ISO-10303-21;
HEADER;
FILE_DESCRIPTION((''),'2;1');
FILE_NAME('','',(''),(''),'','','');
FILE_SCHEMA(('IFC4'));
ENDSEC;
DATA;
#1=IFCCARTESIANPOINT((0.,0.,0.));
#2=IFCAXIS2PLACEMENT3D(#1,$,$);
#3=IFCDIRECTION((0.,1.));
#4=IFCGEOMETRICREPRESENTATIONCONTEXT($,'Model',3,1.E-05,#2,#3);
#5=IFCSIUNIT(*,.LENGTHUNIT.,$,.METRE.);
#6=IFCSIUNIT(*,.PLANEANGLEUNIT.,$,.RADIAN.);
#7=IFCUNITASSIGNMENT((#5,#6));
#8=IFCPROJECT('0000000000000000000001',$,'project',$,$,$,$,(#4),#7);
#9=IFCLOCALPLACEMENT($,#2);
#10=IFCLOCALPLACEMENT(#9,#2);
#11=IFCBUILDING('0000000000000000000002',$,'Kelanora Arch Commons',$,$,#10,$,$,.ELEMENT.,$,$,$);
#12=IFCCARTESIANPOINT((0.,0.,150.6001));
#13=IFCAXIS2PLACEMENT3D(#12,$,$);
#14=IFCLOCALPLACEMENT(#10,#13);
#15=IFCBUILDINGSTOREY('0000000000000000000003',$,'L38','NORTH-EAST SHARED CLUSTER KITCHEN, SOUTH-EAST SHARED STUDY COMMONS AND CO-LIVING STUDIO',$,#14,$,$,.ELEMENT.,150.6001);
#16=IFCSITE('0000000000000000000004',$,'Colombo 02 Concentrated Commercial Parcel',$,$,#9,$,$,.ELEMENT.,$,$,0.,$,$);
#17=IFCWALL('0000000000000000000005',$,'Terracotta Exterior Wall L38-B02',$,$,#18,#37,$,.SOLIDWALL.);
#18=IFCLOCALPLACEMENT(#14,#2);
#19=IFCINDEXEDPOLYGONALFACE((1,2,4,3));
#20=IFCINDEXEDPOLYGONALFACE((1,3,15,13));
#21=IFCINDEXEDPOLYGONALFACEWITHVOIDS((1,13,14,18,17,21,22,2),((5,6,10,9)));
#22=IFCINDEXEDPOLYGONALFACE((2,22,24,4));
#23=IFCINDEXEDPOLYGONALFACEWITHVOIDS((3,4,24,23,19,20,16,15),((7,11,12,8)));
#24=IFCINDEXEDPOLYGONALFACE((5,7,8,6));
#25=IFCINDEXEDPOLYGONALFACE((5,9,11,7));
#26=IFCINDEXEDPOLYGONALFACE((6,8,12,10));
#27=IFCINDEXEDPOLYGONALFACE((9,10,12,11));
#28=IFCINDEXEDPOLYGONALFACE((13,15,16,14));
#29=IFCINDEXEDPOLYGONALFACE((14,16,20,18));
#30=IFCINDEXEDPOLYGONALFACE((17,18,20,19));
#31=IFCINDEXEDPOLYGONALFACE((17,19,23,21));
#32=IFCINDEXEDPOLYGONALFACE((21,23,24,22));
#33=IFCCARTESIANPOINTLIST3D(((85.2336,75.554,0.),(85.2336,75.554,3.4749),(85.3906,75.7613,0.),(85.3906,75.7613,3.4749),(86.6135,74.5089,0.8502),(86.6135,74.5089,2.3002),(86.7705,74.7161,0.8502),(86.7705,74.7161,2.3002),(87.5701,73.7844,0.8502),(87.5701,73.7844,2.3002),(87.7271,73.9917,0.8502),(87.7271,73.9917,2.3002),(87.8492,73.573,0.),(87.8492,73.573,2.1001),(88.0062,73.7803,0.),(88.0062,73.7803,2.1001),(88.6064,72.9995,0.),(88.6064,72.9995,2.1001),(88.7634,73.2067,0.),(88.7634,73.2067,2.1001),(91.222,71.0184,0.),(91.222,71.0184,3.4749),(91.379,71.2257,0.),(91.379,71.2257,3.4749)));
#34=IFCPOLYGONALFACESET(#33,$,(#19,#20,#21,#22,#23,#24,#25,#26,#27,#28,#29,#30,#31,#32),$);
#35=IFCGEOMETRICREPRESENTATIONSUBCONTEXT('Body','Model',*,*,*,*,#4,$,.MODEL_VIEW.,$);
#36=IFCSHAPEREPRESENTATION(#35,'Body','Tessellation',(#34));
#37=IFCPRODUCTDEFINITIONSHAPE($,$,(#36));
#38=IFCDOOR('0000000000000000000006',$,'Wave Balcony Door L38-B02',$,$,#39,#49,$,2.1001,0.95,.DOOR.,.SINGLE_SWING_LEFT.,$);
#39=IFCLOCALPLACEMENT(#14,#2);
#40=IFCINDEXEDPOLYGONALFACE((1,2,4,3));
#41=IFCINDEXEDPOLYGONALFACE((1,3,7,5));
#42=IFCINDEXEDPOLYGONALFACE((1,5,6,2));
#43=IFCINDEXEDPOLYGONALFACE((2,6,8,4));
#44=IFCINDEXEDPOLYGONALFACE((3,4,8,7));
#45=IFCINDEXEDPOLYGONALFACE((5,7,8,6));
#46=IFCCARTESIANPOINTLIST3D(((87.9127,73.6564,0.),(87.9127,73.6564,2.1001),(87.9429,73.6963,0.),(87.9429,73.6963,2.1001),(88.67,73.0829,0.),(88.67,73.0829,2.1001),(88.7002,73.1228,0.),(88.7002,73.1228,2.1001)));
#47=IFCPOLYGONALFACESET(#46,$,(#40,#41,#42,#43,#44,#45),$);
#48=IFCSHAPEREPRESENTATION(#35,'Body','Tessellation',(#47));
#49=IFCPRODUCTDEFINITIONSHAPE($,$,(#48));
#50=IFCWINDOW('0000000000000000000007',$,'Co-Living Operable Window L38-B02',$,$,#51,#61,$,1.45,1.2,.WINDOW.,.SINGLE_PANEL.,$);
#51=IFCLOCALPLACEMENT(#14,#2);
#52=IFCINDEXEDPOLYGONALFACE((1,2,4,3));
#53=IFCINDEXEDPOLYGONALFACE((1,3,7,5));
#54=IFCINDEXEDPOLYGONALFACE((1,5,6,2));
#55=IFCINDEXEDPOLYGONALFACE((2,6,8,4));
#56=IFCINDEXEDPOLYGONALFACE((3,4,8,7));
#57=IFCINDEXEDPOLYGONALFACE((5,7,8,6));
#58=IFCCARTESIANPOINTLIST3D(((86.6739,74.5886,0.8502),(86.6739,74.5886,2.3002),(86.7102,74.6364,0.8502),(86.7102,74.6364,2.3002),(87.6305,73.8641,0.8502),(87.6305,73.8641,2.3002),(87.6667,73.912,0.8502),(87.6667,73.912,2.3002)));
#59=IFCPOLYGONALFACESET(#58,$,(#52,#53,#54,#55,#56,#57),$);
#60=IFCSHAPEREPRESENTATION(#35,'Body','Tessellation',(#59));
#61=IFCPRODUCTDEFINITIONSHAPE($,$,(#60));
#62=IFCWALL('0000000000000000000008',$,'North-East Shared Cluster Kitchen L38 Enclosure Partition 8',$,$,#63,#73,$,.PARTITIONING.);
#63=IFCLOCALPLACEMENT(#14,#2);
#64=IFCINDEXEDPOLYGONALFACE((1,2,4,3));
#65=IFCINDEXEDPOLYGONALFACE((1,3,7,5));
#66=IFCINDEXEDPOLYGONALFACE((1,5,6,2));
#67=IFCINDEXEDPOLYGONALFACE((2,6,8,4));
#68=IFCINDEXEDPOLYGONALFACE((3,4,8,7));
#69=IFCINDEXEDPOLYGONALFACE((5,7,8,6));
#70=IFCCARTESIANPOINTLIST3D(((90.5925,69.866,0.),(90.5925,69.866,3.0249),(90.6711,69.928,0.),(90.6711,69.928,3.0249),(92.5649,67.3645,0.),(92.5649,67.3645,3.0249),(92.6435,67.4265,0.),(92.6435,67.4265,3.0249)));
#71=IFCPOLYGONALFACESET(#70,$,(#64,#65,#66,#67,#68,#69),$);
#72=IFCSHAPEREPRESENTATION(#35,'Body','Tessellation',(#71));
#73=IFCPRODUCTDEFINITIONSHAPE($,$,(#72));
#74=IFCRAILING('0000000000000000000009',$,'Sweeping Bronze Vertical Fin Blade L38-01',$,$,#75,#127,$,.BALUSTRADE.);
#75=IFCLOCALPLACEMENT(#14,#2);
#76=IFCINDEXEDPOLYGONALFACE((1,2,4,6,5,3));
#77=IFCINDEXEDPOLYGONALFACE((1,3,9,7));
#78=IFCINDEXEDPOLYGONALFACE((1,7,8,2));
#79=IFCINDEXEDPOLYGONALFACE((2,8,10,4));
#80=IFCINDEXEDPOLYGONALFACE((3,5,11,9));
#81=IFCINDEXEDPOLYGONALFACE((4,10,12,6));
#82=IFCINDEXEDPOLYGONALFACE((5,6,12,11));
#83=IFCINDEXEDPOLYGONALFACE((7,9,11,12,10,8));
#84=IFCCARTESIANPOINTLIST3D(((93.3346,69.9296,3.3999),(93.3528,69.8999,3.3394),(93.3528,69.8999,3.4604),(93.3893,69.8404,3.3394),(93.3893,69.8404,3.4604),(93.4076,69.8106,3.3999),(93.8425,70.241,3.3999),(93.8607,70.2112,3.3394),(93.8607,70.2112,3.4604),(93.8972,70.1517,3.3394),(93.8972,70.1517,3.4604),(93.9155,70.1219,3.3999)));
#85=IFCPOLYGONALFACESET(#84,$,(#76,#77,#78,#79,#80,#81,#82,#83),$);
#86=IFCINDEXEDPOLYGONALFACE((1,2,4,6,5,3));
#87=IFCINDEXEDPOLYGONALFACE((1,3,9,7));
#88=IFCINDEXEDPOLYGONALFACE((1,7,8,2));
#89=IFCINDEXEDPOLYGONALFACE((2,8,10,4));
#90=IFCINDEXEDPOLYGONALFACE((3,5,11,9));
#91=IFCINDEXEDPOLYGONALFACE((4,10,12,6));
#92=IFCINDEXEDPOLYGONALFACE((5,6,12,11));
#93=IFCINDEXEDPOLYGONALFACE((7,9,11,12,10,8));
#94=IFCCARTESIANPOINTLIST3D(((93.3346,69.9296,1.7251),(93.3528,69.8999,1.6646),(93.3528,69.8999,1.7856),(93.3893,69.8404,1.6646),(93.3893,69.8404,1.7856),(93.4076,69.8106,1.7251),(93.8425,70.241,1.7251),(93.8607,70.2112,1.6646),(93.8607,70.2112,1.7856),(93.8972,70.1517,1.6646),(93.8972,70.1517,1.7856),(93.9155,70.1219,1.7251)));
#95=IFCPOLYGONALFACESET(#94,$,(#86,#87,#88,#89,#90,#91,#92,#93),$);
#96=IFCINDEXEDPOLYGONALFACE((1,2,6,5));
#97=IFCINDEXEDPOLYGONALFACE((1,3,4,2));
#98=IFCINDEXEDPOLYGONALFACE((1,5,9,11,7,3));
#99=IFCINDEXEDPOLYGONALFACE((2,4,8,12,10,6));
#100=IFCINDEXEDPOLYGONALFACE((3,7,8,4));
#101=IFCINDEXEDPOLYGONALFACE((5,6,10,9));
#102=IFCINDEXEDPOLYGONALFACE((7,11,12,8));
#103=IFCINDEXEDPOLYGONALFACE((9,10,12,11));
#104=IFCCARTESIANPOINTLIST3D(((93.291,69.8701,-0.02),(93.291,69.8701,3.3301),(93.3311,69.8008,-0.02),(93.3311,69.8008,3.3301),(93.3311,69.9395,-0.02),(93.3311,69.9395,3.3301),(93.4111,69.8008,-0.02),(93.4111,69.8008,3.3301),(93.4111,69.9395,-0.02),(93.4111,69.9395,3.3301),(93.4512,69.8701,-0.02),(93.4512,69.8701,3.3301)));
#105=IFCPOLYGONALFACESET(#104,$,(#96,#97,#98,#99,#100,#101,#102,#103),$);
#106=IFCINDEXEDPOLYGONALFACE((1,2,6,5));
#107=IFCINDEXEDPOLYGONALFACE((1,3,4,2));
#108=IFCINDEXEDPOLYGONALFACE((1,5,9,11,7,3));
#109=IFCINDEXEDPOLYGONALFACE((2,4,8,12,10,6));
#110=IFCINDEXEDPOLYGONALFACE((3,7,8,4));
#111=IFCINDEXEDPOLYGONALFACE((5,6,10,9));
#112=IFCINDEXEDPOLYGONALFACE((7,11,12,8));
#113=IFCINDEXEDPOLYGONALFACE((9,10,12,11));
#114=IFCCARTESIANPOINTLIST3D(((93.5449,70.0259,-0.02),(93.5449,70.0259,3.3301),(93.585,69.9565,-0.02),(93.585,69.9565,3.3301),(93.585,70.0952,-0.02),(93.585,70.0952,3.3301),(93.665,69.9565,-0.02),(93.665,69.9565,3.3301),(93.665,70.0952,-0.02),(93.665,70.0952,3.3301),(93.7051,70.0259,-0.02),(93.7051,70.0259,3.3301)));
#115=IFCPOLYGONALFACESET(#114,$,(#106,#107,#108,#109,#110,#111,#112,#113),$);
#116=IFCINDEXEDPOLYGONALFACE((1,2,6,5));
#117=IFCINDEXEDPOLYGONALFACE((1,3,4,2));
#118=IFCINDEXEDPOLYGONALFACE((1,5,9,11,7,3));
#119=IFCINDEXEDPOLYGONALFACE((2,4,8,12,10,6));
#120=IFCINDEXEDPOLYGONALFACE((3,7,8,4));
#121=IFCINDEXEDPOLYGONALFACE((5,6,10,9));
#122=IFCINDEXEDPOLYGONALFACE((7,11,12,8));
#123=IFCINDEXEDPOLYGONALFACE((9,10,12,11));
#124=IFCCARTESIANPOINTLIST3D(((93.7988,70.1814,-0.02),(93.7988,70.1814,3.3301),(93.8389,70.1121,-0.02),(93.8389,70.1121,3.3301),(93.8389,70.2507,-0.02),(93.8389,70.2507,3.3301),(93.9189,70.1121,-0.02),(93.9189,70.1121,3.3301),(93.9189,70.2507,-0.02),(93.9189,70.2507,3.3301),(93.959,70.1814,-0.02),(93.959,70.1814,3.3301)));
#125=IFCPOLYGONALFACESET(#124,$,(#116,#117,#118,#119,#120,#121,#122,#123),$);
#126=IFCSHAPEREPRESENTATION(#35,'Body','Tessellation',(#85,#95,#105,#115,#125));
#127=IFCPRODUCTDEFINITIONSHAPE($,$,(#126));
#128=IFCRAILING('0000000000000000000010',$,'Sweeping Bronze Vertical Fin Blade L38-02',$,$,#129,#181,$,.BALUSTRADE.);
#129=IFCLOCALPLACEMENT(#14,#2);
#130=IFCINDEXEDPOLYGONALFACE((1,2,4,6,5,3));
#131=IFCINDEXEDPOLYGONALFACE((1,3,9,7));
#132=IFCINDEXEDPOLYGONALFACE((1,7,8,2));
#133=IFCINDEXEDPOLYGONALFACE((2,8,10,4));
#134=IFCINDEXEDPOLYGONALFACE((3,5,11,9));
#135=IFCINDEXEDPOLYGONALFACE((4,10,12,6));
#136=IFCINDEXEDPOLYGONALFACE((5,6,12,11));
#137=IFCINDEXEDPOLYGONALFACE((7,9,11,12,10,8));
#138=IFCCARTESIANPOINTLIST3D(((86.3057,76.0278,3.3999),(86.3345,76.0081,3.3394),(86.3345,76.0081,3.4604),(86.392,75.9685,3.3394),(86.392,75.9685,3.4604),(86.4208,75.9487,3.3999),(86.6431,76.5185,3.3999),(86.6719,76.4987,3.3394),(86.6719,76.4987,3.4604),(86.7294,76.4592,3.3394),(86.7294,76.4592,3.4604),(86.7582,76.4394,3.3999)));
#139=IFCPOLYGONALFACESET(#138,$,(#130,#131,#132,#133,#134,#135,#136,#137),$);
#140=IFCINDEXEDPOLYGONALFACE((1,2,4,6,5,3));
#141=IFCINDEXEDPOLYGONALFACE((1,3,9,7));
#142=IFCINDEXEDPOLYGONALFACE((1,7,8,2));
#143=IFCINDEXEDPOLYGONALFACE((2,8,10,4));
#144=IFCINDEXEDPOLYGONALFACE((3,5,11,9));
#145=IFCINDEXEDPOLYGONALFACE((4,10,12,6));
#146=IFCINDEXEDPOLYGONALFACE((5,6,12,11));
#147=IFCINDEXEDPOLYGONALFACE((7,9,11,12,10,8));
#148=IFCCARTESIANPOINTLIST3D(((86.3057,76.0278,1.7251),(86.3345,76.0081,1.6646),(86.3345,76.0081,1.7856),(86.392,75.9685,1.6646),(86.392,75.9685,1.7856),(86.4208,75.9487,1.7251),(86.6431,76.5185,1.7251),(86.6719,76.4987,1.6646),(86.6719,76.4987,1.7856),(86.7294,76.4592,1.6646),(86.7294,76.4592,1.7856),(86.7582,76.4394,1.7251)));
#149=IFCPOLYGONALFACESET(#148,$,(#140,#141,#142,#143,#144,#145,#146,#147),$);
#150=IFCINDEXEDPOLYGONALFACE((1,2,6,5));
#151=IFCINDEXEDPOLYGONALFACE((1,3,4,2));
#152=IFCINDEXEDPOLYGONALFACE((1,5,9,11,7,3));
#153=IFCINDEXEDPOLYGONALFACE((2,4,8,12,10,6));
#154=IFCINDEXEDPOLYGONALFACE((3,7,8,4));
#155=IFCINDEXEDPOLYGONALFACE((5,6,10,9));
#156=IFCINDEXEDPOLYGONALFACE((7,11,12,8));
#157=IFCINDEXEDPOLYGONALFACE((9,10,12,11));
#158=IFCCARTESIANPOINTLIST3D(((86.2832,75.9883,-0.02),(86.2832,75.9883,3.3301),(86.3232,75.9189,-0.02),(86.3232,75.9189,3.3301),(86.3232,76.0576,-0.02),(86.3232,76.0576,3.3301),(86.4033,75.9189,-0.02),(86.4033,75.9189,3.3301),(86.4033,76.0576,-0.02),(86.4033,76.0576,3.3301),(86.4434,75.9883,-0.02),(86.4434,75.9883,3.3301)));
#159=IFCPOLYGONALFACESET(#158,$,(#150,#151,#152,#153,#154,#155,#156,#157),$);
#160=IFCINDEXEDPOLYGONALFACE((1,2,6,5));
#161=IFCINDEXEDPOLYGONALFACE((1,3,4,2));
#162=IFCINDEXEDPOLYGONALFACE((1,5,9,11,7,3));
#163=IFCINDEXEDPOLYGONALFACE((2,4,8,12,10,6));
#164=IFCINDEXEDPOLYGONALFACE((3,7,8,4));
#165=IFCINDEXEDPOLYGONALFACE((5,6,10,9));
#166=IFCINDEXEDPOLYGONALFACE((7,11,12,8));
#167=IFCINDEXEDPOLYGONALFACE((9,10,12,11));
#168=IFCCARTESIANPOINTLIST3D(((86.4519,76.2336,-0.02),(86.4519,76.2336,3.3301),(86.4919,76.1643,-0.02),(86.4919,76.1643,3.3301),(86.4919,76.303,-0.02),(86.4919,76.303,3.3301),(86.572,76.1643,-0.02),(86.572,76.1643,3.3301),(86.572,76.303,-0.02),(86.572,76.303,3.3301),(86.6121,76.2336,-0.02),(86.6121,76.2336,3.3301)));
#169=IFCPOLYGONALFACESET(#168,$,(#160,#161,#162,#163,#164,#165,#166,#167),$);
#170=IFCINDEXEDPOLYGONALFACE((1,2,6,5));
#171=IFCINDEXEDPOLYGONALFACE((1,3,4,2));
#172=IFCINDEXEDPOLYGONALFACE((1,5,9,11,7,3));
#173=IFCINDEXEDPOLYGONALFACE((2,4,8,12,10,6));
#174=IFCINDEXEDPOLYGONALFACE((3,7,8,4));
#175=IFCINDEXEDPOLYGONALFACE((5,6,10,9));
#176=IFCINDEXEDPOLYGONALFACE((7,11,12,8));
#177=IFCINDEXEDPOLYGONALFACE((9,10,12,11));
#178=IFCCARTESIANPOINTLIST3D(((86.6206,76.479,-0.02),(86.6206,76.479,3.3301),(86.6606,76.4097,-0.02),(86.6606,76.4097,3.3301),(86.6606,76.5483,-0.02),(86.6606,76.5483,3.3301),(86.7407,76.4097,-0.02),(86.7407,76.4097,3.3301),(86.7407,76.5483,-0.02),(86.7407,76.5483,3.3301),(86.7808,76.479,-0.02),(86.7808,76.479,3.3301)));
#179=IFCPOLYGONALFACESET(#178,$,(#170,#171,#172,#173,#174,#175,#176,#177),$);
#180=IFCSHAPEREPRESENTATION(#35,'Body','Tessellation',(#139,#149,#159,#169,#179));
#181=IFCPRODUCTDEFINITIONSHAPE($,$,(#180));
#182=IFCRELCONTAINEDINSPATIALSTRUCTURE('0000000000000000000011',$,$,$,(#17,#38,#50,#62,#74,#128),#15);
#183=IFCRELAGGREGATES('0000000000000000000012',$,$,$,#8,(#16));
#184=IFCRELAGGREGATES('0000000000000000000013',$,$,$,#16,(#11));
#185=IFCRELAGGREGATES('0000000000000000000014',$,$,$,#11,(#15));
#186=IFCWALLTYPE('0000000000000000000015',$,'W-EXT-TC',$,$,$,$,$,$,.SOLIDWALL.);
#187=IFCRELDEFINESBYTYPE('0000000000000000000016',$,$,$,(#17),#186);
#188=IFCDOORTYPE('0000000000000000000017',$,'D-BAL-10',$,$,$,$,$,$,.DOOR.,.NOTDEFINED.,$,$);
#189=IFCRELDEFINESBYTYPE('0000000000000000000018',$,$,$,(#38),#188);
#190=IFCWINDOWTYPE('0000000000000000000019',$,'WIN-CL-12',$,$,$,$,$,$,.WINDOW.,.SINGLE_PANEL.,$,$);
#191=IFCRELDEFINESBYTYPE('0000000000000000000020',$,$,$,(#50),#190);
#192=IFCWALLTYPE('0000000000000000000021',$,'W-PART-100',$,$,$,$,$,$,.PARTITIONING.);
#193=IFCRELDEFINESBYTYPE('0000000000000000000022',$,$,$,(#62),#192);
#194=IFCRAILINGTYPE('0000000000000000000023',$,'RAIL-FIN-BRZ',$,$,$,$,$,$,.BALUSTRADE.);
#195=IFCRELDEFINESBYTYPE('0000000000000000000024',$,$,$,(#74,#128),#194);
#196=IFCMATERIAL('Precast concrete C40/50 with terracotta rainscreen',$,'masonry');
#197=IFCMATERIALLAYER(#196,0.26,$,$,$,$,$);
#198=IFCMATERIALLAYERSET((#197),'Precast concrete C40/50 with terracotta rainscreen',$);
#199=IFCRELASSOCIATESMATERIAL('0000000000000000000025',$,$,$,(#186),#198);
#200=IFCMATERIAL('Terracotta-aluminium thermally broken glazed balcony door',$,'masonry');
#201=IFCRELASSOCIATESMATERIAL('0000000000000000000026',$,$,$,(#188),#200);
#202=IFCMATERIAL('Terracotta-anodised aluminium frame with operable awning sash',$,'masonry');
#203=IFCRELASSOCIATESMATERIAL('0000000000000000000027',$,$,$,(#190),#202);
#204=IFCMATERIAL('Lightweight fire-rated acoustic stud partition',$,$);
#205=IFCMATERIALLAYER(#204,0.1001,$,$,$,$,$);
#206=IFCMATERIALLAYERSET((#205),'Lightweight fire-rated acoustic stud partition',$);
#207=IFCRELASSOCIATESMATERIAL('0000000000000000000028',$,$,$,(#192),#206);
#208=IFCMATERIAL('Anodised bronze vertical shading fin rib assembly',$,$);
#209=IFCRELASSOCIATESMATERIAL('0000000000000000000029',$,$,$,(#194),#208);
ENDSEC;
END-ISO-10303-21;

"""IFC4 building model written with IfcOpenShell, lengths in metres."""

from ifc_helpers import new_model, si_unit, direction, frame, frame_2d, origin, place, context, subcontext, project, spatial, polyline, rectangle, outline, extrude, material, layer, layer_set, type_object, element, fill, save


model = new_model("IFC4")

# Units and contexts
model_context = context("Model", 3, precision=1e-05, world=origin(), true_north=direction((0.0, 1.0)))
body_context = subcontext(model_context, "Body", "Model", "MODEL_VIEW")
ifc_project = project(units=[si_unit("LENGTHUNIT", "METRE"), si_unit("PLANEANGLEUNIT", "RADIAN")], contexts=[model_context])

# Site, building, storey
site_placement = place(None, origin())
site = spatial("IfcSite", under=ifc_project, at=site_placement, Name="Colombo 02 Concentrated Commercial Parcel", CompositionType="ELEMENT", RefElevation=0.0)
building_placement = place(site_placement, origin())
building = spatial("IfcBuilding", under=site, at=building_placement, Name="Kelanora Arch Commons", CompositionType="ELEMENT")
storey_placement = place(building_placement, frame((0.0, 0.0, 150.6001)))
storey = spatial("IfcBuildingStorey", under=building, at=storey_placement, Name="L38", Description="NORTH-EAST SHARED CLUSTER KITCHEN, SOUTH-EAST SHARED STUDY COMMONS AND CO-LIVING STUDIO", CompositionType="ELEMENT", Elevation=150.6001)

# Wall, openings, door, window
ifc_material_1 = material(Name="Precast concrete C40/50 with terracotta rainscreen", Category="masonry")
ifc_layer_1 = layer(ifc_material_1, 0.26)
ifc_layer_set_1 = layer_set([ifc_layer_1], Name="Precast concrete C40/50 with terracotta rainscreen")
wall_type_1 = type_object("IfcWallType", Name="W-EXT-TC", PredefinedType="SOLIDWALL", material=ifc_layer_set_1)
ifc_material_2 = material(Name="Terracotta-aluminium thermally broken glazed balcony door", Category="masonry")
door_type = type_object("IfcDoorType", Name="D-BAL-10", OperationType="NOTDEFINED", PredefinedType="DOOR", material=ifc_material_2)
ifc_material_3 = material(Name="Terracotta-anodised aluminium frame with operable awning sash", Category="masonry")
window_type = type_object("IfcWindowType", Name="WIN-CL-12", PartitioningType="SINGLE_PANEL", PredefinedType="WINDOW", material=ifc_material_3)
wall_1_placement = place(storey_placement, frame((91.3005, 71.1221, 0.0), z_axis=(0.0, 0.0, 1.0), x_axis=(-0.797164, 0.603763, 0.0)))
wall_1 = element("IfcWall", 1, at=wall_1_placement, inside=storey, type_object=wall_type_1, Name="Terracotta Exterior Wall L38-B02", PredefinedType="SOLIDWALL", context=body_context, shape_type="SweptSolid", body=[
    extrude(rectangle(XDim=7.5122, YDim=0.26, at=frame_2d((3.7561, 0.0))), origin(), (0.0, 0.0, 1.0), 3.4749),
])
opening_1_placement = place(wall_1_placement, frame((3.281, 0.0, 0.0)))
opening_1 = element("IfcOpeningElement", 2, at=opening_1_placement, cuts=wall_1, PredefinedType="OPENING", context=body_context, shape_type="SweptSolid", body=[
    extrude(rectangle(XDim=0.95, YDim=2.1001, at=frame_2d((0.4751, 1.05))), frame((0.0, 0.1401, 0.0), z_axis=(0.0, -1.0, 0.0), x_axis=(1.0, 0.0, 0.0)), (0.0, 0.0, 1.0), 0.28),
])
opening_2_placement = place(wall_1_placement, frame((4.5811, 0.0, 0.8501)))
opening_2 = element("IfcOpeningElement", 3, at=opening_2_placement, cuts=wall_1, PredefinedType="OPENING", context=body_context, shape_type="SweptSolid", body=[
    extrude(rectangle(XDim=1.2, YDim=1.45, at=frame_2d((0.6001, 0.7251))), frame((0.0, 0.1401, 0.0), z_axis=(0.0, -1.0, 0.0), x_axis=(1.0, 0.0, 0.0)), (0.0, 0.0, 1.0), 0.28),
])
door_1_placement = place(opening_1_placement, frame((0.95, 0.0, 0.0), z_axis=(0.0, 0.0, 1.0), x_axis=(-1.0, 0.0, 0.0)))
door_1 = element("IfcDoor", 4, at=door_1_placement, inside=storey, type_object=door_type, Name="Wave Balcony Door L38-B02", OperationType="SINGLE_SWING_LEFT", OverallHeight=2.1001, OverallWidth=0.95, PredefinedType="DOOR", context=body_context, shape_type="SweptSolid", body=[
    extrude(rectangle(XDim=0.95, YDim=2.1001, at=frame_2d((0.4751, 1.05))), frame((0.0, 0.0249, 0.0), z_axis=(0.0, -1.0, 0.0), x_axis=(1.0, 0.0, 0.0)), (0.0, 0.0, 1.0), 0.05),
])
fill(opening_1, door_1)
window_1_placement = place(opening_2_placement, origin())
window_1 = element("IfcWindow", 5, at=window_1_placement, inside=storey, type_object=window_type, Name="Co-Living Operable Window L38-B02", OverallHeight=1.45, OverallWidth=1.2, PartitioningType="SINGLE_PANEL", PredefinedType="WINDOW", context=body_context, shape_type="SweptSolid", body=[
    extrude(rectangle(XDim=1.2, YDim=1.45, at=frame_2d((0.6001, 0.7251))), frame((0.0, 0.03, 0.0), z_axis=(0.0, -1.0, 0.0), x_axis=(1.0, 0.0, 0.0)), (0.0, 0.0, 1.0), 0.0601),
])
fill(opening_2, window_1)

# Wall
ifc_material_4 = material(Name="Lightweight fire-rated acoustic stud partition")
ifc_layer_2 = layer(ifc_material_4, 0.1001)
ifc_layer_set_2 = layer_set([ifc_layer_2], Name="Lightweight fire-rated acoustic stud partition")
wall_type_2 = type_object("IfcWallType", Name="W-PART-100", PredefinedType="PARTITIONING", material=ifc_layer_set_2)
wall_2_placement = place(storey_placement, frame((90.6318, 69.897, 0.0), z_axis=(0.0, 0.0, 1.0), x_axis=(0.619175, -0.785253, 0.0)))
element("IfcWall", 6, at=wall_2_placement, inside=storey, type_object=wall_type_2, Name="North-East Shared Cluster Kitchen L38 Enclosure Partition 8", PredefinedType="PARTITIONING", context=body_context, shape_type="SweptSolid", body=[
    extrude(rectangle(XDim=3.1855, YDim=0.1001, at=frame_2d((1.5928, 0.0))), origin(), (0.0, 0.0, 1.0), 3.0249),
])

# Railings
ifc_material_5 = material(Name="Anodised bronze vertical shading fin rib assembly")
railing_type = type_object("IfcRailingType", Name="RAIL-FIN-BRZ", PredefinedType="BALUSTRADE", material=ifc_material_5)
railing_1_placement = place(storey_placement, frame((93.3711, 69.8701, -0.02)))
element("IfcRailing", 7, at=railing_1_placement, inside=storey, type_object=railing_type, Name="Sweeping Bronze Vertical Fin Blade L38-01", PredefinedType="BALUSTRADE", context=body_context, shape_type="SweptSolid", body=[
    extrude(outline(polyline([(0.0698, 0.0), (0.0349, 0.0605), (-0.0349, 0.0605), (-0.0698, 0.0), (-0.0349, -0.0605), (0.0349, -0.0605), (0.0698, 0.0)])), frame((0.0, 0.0, 3.4199), z_axis=(0.852572, 0.52261, 0.0), x_axis=(-0.52261, 0.852572, 0.0)), (0.0, 0.0, 1.0), 0.5957),
    extrude(outline(polyline([(0.0698, 0.0), (0.0349, 0.0605), (-0.0349, 0.0605), (-0.0698, 0.0), (-0.0349, -0.0605), (0.0349, -0.0605), (0.0698, 0.0)])), frame((0.0, 0.0, 1.7451), z_axis=(0.852572, 0.52261, 0.0), x_axis=(-0.52261, 0.852572, 0.0)), (0.0, 0.0, 1.0), 0.5957),
    extrude(outline(polyline([(0.0801, 0.0), (0.04, 0.0693), (-0.04, 0.0693), (-0.0801, 0.0), (-0.04, -0.0693), (0.04, -0.0693), (0.0801, 0.0)])), origin(), (0.0, 0.0, 1.0), 3.3501),
    extrude(outline(polyline([(0.0801, 0.0), (0.04, 0.0693), (-0.04, 0.0693), (-0.0801, 0.0), (-0.04, -0.0693), (0.04, -0.0693), (0.0801, 0.0)])), frame((0.2539, 0.1558, 0.0)), (0.0, 0.0, 1.0), 3.3501),
    extrude(outline(polyline([(0.0801, 0.0), (0.04, 0.0693), (-0.04, 0.0693), (-0.0801, 0.0), (-0.04, -0.0693), (0.04, -0.0693), (0.0801, 0.0)])), frame((0.5078, 0.3113, 0.0)), (0.0, 0.0, 1.0), 3.3501),
])
railing_2_placement = place(storey_placement, frame((86.3633, 75.9883, -0.02)))
element("IfcRailing", 8, at=railing_2_placement, inside=storey, type_object=railing_type, Name="Sweeping Bronze Vertical Fin Blade L38-02", PredefinedType="BALUSTRADE", context=body_context, shape_type="SweptSolid", body=[
    extrude(outline(polyline([(0.0698, 0.0), (0.0349, 0.0605), (-0.0349, 0.0605), (-0.0698, 0.0), (-0.0349, -0.0605), (0.0349, -0.0605), (0.0698, 0.0)])), frame((0.0, 0.0, 3.4199), z_axis=(0.566564, 0.824018, 0.0), x_axis=(-0.824018, 0.566564, 0.0)), (0.0, 0.0, 1.0), 0.5955),
    extrude(outline(polyline([(0.0698, 0.0), (0.0349, 0.0605), (-0.0349, 0.0605), (-0.0698, 0.0), (-0.0349, -0.0605), (0.0349, -0.0605), (0.0698, 0.0)])), frame((0.0, 0.0, 1.7451), z_axis=(0.566564, 0.824018, 0.0), x_axis=(-0.824018, 0.566564, 0.0)), (0.0, 0.0, 1.0), 0.5955),
    extrude(outline(polyline([(0.0801, 0.0), (0.04, 0.0693), (-0.04, 0.0693), (-0.0801, 0.0), (-0.04, -0.0693), (0.04, -0.0693), (0.0801, 0.0)])), origin(), (0.0, 0.0, 1.0), 3.3501),
    extrude(outline(polyline([(0.0801, 0.0), (0.04, 0.0693), (-0.04, 0.0693), (-0.0801, 0.0), (-0.04, -0.0693), (0.04, -0.0693), (0.0801, 0.0)])), frame((0.1687, 0.2454, 0.0)), (0.0, 0.0, 1.0), 3.3501),
    extrude(outline(polyline([(0.0801, 0.0), (0.04, 0.0693), (-0.04, 0.0693), (-0.0801, 0.0), (-0.04, -0.0693), (0.04, -0.0693), (0.0801, 0.0)])), frame((0.3374, 0.4907, 0.0)), (0.0, 0.0, 1.0), 3.3501),
])

save(model, "model.ifc")
